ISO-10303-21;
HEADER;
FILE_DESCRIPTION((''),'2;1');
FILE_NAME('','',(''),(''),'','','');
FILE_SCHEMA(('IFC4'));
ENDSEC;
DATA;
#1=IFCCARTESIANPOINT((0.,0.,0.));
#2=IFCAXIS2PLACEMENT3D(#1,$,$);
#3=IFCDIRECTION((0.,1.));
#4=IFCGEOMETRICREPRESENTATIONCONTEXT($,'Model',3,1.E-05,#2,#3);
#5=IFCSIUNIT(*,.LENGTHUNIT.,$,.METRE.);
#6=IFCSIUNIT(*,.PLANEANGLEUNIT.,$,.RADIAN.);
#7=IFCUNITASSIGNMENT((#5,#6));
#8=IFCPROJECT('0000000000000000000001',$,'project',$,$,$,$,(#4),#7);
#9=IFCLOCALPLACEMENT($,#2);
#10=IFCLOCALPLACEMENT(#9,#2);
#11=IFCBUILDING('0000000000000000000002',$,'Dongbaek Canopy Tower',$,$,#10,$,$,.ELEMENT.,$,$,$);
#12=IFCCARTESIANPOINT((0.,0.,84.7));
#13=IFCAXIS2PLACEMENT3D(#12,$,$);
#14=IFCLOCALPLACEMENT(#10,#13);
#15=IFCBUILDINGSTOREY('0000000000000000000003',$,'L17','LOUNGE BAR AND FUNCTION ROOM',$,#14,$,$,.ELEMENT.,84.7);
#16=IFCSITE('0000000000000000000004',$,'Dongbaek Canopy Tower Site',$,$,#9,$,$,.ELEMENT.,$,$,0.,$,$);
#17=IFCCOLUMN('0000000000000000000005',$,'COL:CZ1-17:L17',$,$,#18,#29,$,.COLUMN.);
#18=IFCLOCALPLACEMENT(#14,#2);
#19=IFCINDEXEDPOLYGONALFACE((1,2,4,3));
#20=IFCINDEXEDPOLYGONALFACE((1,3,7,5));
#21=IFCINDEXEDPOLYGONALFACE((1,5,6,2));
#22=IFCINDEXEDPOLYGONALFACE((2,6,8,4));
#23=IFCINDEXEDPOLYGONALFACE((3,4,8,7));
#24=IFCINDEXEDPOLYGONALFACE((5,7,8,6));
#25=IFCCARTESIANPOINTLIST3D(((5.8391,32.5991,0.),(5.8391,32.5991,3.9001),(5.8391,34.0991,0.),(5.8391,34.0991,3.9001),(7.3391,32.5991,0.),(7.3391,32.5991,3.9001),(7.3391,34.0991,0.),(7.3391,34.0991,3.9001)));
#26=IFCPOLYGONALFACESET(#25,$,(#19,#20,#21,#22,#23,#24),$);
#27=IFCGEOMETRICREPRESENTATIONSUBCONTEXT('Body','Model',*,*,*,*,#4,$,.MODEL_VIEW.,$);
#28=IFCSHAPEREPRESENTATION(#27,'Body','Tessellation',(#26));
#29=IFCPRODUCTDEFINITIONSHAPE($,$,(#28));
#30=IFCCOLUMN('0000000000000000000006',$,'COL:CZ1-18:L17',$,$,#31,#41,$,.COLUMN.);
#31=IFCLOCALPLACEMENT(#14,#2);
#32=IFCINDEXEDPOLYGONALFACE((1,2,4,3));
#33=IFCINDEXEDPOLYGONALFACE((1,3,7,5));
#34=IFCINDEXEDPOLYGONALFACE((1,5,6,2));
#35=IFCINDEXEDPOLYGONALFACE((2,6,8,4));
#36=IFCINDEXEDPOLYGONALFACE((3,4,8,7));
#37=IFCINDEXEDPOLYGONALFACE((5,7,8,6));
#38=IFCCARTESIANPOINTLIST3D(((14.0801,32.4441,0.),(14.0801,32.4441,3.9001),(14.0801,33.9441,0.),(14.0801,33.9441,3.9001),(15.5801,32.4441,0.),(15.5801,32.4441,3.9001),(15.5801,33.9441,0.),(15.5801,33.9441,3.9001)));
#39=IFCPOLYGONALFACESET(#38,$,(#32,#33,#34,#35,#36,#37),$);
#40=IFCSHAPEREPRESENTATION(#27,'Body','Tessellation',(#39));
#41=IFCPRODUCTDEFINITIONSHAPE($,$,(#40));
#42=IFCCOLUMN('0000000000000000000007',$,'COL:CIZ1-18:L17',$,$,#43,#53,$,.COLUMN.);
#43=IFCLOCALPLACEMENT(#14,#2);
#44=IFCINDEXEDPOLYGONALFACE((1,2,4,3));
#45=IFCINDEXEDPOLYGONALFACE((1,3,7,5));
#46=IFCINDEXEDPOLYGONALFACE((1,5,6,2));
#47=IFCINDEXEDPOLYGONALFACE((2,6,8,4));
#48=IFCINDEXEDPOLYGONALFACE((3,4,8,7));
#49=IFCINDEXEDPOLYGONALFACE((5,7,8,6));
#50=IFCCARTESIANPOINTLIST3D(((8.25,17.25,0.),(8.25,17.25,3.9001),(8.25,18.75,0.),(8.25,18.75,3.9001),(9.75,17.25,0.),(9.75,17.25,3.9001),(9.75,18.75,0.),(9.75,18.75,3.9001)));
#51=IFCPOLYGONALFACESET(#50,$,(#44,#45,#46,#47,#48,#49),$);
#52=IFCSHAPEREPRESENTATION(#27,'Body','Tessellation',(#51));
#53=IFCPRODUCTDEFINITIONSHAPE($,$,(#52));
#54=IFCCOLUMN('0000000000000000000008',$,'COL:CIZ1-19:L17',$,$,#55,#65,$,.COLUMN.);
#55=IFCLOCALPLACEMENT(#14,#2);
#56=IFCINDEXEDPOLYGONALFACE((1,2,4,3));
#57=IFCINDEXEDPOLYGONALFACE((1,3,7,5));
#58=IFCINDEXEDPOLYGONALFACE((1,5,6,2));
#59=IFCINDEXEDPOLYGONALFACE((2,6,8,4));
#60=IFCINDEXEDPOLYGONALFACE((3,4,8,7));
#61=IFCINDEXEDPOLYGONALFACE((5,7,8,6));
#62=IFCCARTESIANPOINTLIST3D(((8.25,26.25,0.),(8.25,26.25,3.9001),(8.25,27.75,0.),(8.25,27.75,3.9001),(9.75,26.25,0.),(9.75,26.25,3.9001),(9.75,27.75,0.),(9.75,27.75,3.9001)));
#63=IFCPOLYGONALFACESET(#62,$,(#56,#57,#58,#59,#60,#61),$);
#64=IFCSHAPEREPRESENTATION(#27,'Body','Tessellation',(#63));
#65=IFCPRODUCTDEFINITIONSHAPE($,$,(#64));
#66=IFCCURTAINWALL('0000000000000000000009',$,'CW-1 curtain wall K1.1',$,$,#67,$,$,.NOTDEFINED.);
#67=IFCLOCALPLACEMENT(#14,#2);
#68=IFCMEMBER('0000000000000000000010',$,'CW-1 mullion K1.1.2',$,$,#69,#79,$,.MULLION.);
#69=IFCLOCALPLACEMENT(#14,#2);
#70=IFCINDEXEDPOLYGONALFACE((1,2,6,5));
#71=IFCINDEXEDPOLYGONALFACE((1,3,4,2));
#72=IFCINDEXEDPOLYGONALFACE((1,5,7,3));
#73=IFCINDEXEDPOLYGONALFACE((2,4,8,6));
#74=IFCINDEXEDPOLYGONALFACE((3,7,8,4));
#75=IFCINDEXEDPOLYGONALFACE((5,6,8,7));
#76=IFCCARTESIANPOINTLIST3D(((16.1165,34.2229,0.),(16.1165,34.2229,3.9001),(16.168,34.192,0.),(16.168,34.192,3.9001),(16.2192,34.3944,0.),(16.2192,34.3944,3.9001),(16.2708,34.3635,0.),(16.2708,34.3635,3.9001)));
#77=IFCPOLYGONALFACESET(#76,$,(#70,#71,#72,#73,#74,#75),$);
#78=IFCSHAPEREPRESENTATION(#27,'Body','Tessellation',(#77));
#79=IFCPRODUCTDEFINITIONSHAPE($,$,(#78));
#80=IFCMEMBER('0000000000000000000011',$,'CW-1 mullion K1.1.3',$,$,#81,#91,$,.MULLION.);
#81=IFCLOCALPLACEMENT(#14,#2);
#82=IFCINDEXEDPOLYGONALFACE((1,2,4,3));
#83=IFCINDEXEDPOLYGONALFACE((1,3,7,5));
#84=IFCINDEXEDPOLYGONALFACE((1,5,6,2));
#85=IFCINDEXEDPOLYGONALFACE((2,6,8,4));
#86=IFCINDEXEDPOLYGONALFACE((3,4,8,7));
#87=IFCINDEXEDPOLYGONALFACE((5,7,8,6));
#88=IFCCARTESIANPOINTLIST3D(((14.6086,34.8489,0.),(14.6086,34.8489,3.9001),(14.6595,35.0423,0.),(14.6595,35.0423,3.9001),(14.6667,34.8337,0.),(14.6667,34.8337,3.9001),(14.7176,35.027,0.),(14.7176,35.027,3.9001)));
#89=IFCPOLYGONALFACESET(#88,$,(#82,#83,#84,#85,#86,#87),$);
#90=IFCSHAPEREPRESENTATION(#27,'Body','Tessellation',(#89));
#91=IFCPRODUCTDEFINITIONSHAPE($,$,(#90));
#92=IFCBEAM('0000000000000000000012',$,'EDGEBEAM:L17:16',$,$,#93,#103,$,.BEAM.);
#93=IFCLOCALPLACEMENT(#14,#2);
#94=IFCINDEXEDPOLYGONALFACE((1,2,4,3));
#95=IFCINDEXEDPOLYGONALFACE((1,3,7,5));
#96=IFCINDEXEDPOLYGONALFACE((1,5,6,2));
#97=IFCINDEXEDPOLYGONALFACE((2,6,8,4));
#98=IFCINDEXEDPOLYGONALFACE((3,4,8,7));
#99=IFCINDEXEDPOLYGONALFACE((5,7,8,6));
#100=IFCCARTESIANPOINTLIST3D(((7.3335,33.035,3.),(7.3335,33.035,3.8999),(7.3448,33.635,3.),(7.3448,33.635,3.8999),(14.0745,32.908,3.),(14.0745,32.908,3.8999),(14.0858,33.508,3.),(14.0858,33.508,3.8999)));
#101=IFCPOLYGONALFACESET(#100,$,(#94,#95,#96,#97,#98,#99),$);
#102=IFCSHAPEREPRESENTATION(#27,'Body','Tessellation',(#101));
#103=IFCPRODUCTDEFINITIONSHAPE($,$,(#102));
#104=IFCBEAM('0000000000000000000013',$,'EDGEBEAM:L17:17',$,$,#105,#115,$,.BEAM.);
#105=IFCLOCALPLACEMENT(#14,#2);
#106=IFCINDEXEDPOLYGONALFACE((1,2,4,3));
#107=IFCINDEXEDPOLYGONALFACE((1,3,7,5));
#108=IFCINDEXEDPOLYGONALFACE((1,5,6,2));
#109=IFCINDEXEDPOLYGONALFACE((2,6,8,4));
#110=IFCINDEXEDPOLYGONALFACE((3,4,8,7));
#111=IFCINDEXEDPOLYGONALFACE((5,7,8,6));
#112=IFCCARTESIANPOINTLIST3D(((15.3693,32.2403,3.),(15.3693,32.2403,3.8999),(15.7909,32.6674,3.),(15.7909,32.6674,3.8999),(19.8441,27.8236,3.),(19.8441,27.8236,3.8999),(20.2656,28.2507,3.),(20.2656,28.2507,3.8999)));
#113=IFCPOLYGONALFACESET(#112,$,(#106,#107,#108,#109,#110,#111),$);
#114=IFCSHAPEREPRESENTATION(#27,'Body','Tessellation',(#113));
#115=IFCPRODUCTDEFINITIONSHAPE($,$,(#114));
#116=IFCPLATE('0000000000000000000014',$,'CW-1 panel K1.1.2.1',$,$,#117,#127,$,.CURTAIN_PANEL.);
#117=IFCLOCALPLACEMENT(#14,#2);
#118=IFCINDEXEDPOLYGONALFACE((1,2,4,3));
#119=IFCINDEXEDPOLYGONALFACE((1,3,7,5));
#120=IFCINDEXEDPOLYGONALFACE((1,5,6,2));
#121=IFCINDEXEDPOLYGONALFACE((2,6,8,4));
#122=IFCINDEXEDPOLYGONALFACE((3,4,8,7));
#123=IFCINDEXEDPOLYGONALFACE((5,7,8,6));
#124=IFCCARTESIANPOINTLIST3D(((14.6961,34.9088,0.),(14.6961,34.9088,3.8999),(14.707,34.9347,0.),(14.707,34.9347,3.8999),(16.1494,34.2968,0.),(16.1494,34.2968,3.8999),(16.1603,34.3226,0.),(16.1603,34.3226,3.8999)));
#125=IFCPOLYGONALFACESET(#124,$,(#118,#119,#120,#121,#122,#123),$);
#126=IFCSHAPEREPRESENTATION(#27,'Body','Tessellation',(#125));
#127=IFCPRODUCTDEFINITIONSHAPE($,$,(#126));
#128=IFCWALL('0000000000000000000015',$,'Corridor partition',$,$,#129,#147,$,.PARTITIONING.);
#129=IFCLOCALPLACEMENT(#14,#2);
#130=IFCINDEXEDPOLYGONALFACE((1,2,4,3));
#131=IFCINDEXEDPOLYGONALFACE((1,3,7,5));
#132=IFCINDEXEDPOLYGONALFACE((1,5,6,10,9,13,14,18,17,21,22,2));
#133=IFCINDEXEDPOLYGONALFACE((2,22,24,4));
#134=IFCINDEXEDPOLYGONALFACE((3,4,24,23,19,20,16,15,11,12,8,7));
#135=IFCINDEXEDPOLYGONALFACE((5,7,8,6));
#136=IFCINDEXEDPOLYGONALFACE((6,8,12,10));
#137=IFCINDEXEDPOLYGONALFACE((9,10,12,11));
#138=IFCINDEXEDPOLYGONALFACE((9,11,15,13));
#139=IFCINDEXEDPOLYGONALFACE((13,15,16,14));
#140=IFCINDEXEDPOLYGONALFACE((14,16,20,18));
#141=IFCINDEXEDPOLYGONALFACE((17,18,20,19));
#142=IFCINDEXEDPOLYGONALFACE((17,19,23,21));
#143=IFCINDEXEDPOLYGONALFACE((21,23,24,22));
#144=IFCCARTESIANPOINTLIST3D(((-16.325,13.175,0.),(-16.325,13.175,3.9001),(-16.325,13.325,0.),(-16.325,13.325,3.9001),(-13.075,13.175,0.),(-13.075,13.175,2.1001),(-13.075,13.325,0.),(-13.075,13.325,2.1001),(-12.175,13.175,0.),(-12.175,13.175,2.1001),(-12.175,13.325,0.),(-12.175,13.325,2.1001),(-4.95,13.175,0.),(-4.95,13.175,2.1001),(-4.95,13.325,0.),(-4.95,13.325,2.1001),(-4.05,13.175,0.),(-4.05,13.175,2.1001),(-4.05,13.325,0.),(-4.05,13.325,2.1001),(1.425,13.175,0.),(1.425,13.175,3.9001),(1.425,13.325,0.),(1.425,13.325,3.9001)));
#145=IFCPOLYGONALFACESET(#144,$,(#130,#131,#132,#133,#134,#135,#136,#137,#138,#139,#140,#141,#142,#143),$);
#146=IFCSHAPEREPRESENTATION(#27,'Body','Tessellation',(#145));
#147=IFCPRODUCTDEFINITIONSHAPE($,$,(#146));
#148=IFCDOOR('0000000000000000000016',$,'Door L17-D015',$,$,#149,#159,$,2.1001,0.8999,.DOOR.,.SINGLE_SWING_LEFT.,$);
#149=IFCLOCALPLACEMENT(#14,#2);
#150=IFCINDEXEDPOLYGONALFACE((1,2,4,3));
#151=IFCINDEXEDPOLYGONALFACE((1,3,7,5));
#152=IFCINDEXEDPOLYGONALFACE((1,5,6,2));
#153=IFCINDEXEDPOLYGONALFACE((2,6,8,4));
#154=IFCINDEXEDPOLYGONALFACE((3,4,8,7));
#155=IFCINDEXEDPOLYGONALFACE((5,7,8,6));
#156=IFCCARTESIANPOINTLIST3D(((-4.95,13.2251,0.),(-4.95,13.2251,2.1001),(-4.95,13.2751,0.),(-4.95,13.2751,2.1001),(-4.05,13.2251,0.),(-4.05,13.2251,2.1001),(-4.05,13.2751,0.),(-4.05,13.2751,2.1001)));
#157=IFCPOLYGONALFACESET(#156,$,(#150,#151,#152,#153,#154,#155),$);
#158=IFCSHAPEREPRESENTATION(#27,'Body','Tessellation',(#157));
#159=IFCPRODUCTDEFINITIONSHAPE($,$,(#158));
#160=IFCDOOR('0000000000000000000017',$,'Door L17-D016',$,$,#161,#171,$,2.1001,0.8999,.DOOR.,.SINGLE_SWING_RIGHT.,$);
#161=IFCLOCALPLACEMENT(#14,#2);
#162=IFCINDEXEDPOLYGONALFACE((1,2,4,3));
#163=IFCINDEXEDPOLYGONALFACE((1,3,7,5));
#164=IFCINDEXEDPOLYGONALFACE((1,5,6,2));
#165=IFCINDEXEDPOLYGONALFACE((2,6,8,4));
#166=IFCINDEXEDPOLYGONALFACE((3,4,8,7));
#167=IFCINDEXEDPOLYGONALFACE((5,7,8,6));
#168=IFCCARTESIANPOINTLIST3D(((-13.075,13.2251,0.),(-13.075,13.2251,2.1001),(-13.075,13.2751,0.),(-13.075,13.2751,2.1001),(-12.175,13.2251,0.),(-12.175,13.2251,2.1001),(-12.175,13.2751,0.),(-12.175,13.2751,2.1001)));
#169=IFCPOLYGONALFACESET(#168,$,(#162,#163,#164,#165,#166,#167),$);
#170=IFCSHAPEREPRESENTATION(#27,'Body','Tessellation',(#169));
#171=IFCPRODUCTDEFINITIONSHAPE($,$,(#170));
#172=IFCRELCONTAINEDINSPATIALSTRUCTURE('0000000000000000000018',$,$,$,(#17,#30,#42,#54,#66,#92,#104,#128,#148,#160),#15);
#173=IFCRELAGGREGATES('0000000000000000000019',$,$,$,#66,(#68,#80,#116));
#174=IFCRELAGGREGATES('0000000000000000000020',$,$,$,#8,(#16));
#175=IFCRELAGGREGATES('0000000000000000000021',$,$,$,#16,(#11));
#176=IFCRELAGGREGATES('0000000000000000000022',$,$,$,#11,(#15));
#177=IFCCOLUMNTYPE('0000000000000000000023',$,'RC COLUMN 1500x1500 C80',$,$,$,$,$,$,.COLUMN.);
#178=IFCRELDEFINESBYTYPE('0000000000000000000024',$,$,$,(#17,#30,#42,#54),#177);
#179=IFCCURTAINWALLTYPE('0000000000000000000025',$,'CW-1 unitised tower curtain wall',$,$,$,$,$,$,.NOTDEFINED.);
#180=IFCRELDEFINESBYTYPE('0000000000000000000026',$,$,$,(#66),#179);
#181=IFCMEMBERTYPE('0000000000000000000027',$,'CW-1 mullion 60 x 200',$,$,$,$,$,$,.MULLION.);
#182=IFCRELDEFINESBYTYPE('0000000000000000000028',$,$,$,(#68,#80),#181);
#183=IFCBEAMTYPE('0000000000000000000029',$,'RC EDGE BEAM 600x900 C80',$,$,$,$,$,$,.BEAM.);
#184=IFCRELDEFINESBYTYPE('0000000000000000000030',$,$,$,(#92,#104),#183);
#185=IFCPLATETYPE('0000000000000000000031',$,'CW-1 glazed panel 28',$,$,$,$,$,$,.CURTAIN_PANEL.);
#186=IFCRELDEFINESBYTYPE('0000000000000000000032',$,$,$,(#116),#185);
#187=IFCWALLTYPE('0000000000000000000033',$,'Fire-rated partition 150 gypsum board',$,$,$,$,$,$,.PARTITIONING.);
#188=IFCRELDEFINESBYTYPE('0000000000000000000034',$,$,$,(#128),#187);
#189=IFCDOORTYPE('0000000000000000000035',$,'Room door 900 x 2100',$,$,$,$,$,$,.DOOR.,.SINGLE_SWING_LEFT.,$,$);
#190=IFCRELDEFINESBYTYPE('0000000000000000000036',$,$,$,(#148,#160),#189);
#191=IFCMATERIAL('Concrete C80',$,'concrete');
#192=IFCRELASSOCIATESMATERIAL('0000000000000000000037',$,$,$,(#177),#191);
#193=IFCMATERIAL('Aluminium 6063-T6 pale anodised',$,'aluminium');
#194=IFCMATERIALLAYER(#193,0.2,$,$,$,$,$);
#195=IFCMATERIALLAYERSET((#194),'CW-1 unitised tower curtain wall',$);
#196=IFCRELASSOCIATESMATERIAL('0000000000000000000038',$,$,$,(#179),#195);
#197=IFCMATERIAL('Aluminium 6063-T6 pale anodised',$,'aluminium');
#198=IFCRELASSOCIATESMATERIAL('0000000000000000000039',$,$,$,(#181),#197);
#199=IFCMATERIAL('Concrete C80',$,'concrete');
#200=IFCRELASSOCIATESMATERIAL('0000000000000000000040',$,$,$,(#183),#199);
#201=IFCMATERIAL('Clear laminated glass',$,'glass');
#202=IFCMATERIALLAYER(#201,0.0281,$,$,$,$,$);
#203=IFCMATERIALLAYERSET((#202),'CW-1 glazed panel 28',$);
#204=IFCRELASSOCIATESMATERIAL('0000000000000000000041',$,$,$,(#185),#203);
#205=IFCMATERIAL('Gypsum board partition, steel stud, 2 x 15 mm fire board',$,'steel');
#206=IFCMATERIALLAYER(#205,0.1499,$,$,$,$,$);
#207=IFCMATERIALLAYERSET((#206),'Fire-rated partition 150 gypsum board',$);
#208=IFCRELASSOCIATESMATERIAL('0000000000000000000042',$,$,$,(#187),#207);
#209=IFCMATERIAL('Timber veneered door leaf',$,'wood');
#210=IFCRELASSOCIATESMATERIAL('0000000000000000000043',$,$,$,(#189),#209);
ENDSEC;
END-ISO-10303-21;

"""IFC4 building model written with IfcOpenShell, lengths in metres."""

from ifc_helpers import new_model, si_unit, direction, frame, frame_2d, origin, origin_2d, place, context, subcontext, project, spatial, rectangle, extrude, material, layer, layer_set, material_profile, profile_set, type_object, element, fill, aggregate, save


model = new_model("IFC4")

# Units and contexts
model_context = context("Model", 3, precision=1e-05, world=origin(), true_north=direction((0.0, 1.0)))
body_context = subcontext(model_context, "Body", "Model", "MODEL_VIEW")
ifc_project = project(units=[si_unit("LENGTHUNIT", "METRE"), si_unit("PLANEANGLEUNIT", "RADIAN")], contexts=[model_context])

# Site, building, storey
site_placement = place(None, origin())
site = spatial("IfcSite", under=ifc_project, at=site_placement, Name="Dongbaek Canopy Tower Site", CompositionType="ELEMENT", RefElevation=0.0)
building_placement = place(site_placement, origin())
building = spatial("IfcBuilding", under=site, at=building_placement, Name="Dongbaek Canopy Tower", CompositionType="ELEMENT")
storey_placement = place(building_placement, frame((0.0, 0.0, 84.7)))
storey = spatial("IfcBuildingStorey", under=building, at=storey_placement, Name="L17", Description="LOUNGE BAR AND FUNCTION ROOM", CompositionType="ELEMENT", Elevation=84.7)

# Columns
ifc_material_1 = material(Name="Concrete C80", Category="concrete")
ifc_material_profile_1 = material_profile(ifc_material_1, rectangle(XDim=1.5, YDim=1.5, at=origin_2d()), Name="RC COLUMN 1500x1500 C80")
ifc_profile_set_1 = profile_set([ifc_material_profile_1], Name="Concrete C80")
column_type = type_object("IfcColumnType", Name="RC COLUMN 1500x1500 C80", PredefinedType="COLUMN", material=ifc_profile_set_1)
for number, where, z_axis, x_axis, name in (
    (1, (6.5891, 33.3491, 0.0), (0.0, 0.0, 1.0), (1.0, 0.0, 0.0), "COL:CZ1-17:L17"),
    (2, (14.8301, 33.1941, 0.0), (0.0, 0.0, 1.0), (1.0, 0.0, 0.0), "COL:CZ1-18:L17"),
    (3, (9.0, 18.0, 0.0), (0.0, 0.0, 1.0), (1.0, 0.0, 0.0), "COL:CIZ1-18:L17"),
    (4, (9.0, 27.0, 0.0), (0.0, 0.0, 1.0), (1.0, 0.0, 0.0), "COL:CIZ1-19:L17"),
):
    element("IfcColumn", number, at=place(storey_placement, frame(where, z_axis=z_axis, x_axis=x_axis)), inside=storey, type_object=column_type, Name=name, PredefinedType="COLUMN", context=body_context, shape_type="SweptSolid", body=[
        extrude(rectangle(XDim=1.5, YDim=1.5, at=origin_2d()), origin(), (0.0, 0.0, 1.0), 3.9001),
    ])

# Curtain wall, members
ifc_material_2 = material(Name="Aluminium 6063-T6 pale anodised", Category="aluminium")
ifc_layer_1 = layer(ifc_material_2, 0.2)
ifc_layer_set_1 = layer_set([ifc_layer_1], Name="CW-1 unitised tower curtain wall")
curtain_wall_type = type_object("IfcCurtainWallType", Name="CW-1 unitised tower curtain wall", PredefinedType="NOTDEFINED", material=ifc_layer_set_1)
curtain_wall_placement = place(storey_placement, origin())
curtain_wall = element("IfcCurtainWall", 5, at=curtain_wall_placement, inside=storey, type_object=curtain_wall_type, Name="CW-1 curtain wall K1.1", PredefinedType="NOTDEFINED")
ifc_material_3 = material(Name="Aluminium 6063-T6 pale anodised", Category="aluminium")
ifc_material_profile_2 = material_profile(ifc_material_3, rectangle(XDim=0.2, YDim=0.0601, at=origin_2d()), Name="CW-1 mullion 60 x 200")
ifc_profile_set_2 = profile_set([ifc_material_profile_2], Name="Aluminium 6063-T6 pale anodised")
member_type = type_object("IfcMemberType", Name="CW-1 mullion 60 x 200", PredefinedType="MULLION", material=ifc_profile_set_2)
member_1_placement = place(storey_placement, frame((16.1936, 34.2932, 0.0), z_axis=(0.0, 0.0, 1.0), x_axis=(0.51402, 0.857778, 0.0)))
member_1 = element("IfcMember", 6, at=member_1_placement, type_object=member_type, Name="CW-1 mullion K1.1.2", PredefinedType="MULLION", context=body_context, shape_type="SweptSolid", body=[
    extrude(rectangle(XDim=0.2, YDim=0.0601, at=origin_2d()), origin(), (0.0, 0.0, 1.0), 3.9001),
])
member_2_placement = place(storey_placement, frame((14.6631, 34.938, 0.0), z_axis=(0.0, 0.0, 1.0), x_axis=(0.25454, 0.967062, 0.0)))
member_2 = element("IfcMember", 7, at=member_2_placement, type_object=member_type, Name="CW-1 mullion K1.1.3", PredefinedType="MULLION", context=body_context, shape_type="SweptSolid", body=[
    extrude(rectangle(XDim=0.2, YDim=0.0601, at=origin_2d()), origin(), (0.0, 0.0, 1.0), 3.9001),
])

# Beams
ifc_material_4 = material(Name="Concrete C80", Category="concrete")
ifc_material_profile_3 = material_profile(ifc_material_4, rectangle(XDim=0.6001, YDim=0.8999, at=origin_2d()), Name="RC EDGE BEAM 600x900 C80")
ifc_profile_set_3 = profile_set([ifc_material_profile_3], Name="Concrete C80")
beam_type = type_object("IfcBeamType", Name="RC EDGE BEAM 600x900 C80", PredefinedType="BEAM", material=ifc_profile_set_3)
beam_1_placement = place(storey_placement, frame((7.3391, 33.335, 3.45), z_axis=(0.999823, -0.01883, 0.0), x_axis=(0.01883, 0.999823, 0.0)))
element("IfcBeam", 8, at=beam_1_placement, inside=storey, type_object=beam_type, Name="EDGEBEAM:L17:16", PredefinedType="BEAM", context=body_context, shape_type="SweptSolid", body=[
    extrude(rectangle(XDim=0.6001, YDim=0.8999, at=origin_2d()), origin(), (0.0, 0.0, 1.0), 6.7422),
])
beam_2_placement = place(storey_placement, frame((15.5801, 32.4539, 3.45), z_axis=(0.711712, -0.702471, 0.0), x_axis=(0.702471, 0.711712, 0.0)))
element("IfcBeam", 9, at=beam_2_placement, inside=storey, type_object=beam_type, Name="EDGEBEAM:L17:17", PredefinedType="BEAM", context=body_context, shape_type="SweptSolid", body=[
    extrude(rectangle(XDim=0.6001, YDim=0.8999, at=origin_2d()), origin(), (0.0, 0.0, 1.0), 6.2874),
])

# Plate
ifc_material_5 = material(Name="Clear laminated glass", Category="glass")
ifc_layer_2 = layer(ifc_material_5, 0.0281)
ifc_layer_set_2 = layer_set([ifc_layer_2], Name="CW-1 glazed panel 28")
plate_type = type_object("IfcPlateType", Name="CW-1 glazed panel 28", PredefinedType="CURTAIN_PANEL", material=ifc_layer_set_2)
plate_placement = place(storey_placement, frame((15.4282, 34.6157, 0.0), z_axis=(0.0, 0.0, 1.0), x_axis=(-0.921598, 0.388145, 0.0)))
plate = element("IfcPlate", 10, at=plate_placement, type_object=plate_type, Name="CW-1 panel K1.1.2.1", PredefinedType="CURTAIN_PANEL", context=body_context, shape_type="SweptSolid", body=[
    extrude(rectangle(XDim=1.5769, YDim=0.0281, at=origin_2d()), origin(), (0.0, 0.0, 1.0), 3.8999),
])
aggregate(curtain_wall, [member_1, member_2, plate])

# Wall, openings, doors
ifc_material_6 = material(Name="Gypsum board partition, steel stud, 2 x 15 mm fire board", Category="steel")
ifc_layer_3 = layer(ifc_material_6, 0.1499)
ifc_layer_set_3 = layer_set([ifc_layer_3], Name="Fire-rated partition 150 gypsum board")
wall_type_1 = type_object("IfcWallType", Name="Fire-rated partition 150 gypsum board", PredefinedType="PARTITIONING", material=ifc_layer_set_3)
wall_1_placement = place(storey_placement, frame((1.425, 13.25, 0.0), z_axis=(0.0, 0.0, 1.0), x_axis=(-1.0, 0.0, 0.0)))
wall_1 = element("IfcWall", 11, at=wall_1_placement, inside=storey, type_object=wall_type_1, Name="Corridor partition", PredefinedType="PARTITIONING", context=body_context, shape_type="SweptSolid", body=[
    extrude(rectangle(XDim=17.75, YDim=0.1499, at=frame_2d((8.875, 0.0))), origin(), (0.0, 0.0, 1.0), 3.9001),
])
opening_1_placement = place(wall_1_placement, frame((5.4751, 0.0, 0.0)))
opening_1 = element("IfcOpeningElement", 12, at=opening_1_placement, cuts=wall_1, PredefinedType="OPENING", context=body_context, shape_type="SweptSolid", body=[
    extrude(rectangle(XDim=0.8999, YDim=2.1001, at=frame_2d((0.45, 1.05))), frame((0.0, 0.085, 0.0), z_axis=(0.0, -1.0, 0.0), x_axis=(1.0, 0.0, 0.0)), (0.0, 0.0, 1.0), 0.1699),
])
opening_2_placement = place(wall_1_placement, frame((13.6001, 0.0, 0.0)))
opening_2 = element("IfcOpeningElement", 13, at=opening_2_placement, cuts=wall_1, PredefinedType="OPENING", context=body_context, shape_type="SweptSolid", body=[
    extrude(rectangle(XDim=0.8999, YDim=2.1001, at=frame_2d((0.45, 1.05))), frame((0.0, 0.085, 0.0), z_axis=(0.0, -1.0, 0.0), x_axis=(1.0, 0.0, 0.0)), (0.0, 0.0, 1.0), 0.1699),
])
ifc_material_7 = material(Name="Timber veneered door leaf", Category="wood")
door_type = type_object("IfcDoorType", Name="Room door 900 x 2100", OperationType="SINGLE_SWING_LEFT", PredefinedType="DOOR", material=ifc_material_7)
door_1_placement = place(opening_1_placement, origin())
door_1 = element("IfcDoor", 14, at=door_1_placement, inside=storey, type_object=door_type, Name="Door L17-D015", OperationType="SINGLE_SWING_LEFT", OverallHeight=2.1001, OverallWidth=0.8999, PredefinedType="DOOR", context=body_context, shape_type="SweptSolid", body=[
    extrude(rectangle(XDim=0.8999, YDim=2.1001, at=frame_2d((0.45, 1.05))), frame((0.0, 0.0249, 0.0), z_axis=(0.0, -1.0, 0.0), x_axis=(1.0, 0.0, 0.0)), (0.0, 0.0, 1.0), 0.05),
])
fill(opening_1, door_1)
door_2_placement = place(opening_2_placement, origin())
door_2 = element("IfcDoor", 15, at=door_2_placement, inside=storey, type_object=door_type, Name="Door L17-D016", OperationType="SINGLE_SWING_RIGHT", OverallHeight=2.1001, OverallWidth=0.8999, PredefinedType="DOOR", context=body_context, shape_type="SweptSolid", body=[
    extrude(rectangle(XDim=0.8999, YDim=2.1001, at=frame_2d((0.45, 1.05))), frame((0.0, 0.0249, 0.0), z_axis=(0.0, -1.0, 0.0), x_axis=(1.0, 0.0, 0.0)), (0.0, 0.0, 1.0), 0.05),
])
fill(opening_2, door_2)

save(model, "model.ifc")
